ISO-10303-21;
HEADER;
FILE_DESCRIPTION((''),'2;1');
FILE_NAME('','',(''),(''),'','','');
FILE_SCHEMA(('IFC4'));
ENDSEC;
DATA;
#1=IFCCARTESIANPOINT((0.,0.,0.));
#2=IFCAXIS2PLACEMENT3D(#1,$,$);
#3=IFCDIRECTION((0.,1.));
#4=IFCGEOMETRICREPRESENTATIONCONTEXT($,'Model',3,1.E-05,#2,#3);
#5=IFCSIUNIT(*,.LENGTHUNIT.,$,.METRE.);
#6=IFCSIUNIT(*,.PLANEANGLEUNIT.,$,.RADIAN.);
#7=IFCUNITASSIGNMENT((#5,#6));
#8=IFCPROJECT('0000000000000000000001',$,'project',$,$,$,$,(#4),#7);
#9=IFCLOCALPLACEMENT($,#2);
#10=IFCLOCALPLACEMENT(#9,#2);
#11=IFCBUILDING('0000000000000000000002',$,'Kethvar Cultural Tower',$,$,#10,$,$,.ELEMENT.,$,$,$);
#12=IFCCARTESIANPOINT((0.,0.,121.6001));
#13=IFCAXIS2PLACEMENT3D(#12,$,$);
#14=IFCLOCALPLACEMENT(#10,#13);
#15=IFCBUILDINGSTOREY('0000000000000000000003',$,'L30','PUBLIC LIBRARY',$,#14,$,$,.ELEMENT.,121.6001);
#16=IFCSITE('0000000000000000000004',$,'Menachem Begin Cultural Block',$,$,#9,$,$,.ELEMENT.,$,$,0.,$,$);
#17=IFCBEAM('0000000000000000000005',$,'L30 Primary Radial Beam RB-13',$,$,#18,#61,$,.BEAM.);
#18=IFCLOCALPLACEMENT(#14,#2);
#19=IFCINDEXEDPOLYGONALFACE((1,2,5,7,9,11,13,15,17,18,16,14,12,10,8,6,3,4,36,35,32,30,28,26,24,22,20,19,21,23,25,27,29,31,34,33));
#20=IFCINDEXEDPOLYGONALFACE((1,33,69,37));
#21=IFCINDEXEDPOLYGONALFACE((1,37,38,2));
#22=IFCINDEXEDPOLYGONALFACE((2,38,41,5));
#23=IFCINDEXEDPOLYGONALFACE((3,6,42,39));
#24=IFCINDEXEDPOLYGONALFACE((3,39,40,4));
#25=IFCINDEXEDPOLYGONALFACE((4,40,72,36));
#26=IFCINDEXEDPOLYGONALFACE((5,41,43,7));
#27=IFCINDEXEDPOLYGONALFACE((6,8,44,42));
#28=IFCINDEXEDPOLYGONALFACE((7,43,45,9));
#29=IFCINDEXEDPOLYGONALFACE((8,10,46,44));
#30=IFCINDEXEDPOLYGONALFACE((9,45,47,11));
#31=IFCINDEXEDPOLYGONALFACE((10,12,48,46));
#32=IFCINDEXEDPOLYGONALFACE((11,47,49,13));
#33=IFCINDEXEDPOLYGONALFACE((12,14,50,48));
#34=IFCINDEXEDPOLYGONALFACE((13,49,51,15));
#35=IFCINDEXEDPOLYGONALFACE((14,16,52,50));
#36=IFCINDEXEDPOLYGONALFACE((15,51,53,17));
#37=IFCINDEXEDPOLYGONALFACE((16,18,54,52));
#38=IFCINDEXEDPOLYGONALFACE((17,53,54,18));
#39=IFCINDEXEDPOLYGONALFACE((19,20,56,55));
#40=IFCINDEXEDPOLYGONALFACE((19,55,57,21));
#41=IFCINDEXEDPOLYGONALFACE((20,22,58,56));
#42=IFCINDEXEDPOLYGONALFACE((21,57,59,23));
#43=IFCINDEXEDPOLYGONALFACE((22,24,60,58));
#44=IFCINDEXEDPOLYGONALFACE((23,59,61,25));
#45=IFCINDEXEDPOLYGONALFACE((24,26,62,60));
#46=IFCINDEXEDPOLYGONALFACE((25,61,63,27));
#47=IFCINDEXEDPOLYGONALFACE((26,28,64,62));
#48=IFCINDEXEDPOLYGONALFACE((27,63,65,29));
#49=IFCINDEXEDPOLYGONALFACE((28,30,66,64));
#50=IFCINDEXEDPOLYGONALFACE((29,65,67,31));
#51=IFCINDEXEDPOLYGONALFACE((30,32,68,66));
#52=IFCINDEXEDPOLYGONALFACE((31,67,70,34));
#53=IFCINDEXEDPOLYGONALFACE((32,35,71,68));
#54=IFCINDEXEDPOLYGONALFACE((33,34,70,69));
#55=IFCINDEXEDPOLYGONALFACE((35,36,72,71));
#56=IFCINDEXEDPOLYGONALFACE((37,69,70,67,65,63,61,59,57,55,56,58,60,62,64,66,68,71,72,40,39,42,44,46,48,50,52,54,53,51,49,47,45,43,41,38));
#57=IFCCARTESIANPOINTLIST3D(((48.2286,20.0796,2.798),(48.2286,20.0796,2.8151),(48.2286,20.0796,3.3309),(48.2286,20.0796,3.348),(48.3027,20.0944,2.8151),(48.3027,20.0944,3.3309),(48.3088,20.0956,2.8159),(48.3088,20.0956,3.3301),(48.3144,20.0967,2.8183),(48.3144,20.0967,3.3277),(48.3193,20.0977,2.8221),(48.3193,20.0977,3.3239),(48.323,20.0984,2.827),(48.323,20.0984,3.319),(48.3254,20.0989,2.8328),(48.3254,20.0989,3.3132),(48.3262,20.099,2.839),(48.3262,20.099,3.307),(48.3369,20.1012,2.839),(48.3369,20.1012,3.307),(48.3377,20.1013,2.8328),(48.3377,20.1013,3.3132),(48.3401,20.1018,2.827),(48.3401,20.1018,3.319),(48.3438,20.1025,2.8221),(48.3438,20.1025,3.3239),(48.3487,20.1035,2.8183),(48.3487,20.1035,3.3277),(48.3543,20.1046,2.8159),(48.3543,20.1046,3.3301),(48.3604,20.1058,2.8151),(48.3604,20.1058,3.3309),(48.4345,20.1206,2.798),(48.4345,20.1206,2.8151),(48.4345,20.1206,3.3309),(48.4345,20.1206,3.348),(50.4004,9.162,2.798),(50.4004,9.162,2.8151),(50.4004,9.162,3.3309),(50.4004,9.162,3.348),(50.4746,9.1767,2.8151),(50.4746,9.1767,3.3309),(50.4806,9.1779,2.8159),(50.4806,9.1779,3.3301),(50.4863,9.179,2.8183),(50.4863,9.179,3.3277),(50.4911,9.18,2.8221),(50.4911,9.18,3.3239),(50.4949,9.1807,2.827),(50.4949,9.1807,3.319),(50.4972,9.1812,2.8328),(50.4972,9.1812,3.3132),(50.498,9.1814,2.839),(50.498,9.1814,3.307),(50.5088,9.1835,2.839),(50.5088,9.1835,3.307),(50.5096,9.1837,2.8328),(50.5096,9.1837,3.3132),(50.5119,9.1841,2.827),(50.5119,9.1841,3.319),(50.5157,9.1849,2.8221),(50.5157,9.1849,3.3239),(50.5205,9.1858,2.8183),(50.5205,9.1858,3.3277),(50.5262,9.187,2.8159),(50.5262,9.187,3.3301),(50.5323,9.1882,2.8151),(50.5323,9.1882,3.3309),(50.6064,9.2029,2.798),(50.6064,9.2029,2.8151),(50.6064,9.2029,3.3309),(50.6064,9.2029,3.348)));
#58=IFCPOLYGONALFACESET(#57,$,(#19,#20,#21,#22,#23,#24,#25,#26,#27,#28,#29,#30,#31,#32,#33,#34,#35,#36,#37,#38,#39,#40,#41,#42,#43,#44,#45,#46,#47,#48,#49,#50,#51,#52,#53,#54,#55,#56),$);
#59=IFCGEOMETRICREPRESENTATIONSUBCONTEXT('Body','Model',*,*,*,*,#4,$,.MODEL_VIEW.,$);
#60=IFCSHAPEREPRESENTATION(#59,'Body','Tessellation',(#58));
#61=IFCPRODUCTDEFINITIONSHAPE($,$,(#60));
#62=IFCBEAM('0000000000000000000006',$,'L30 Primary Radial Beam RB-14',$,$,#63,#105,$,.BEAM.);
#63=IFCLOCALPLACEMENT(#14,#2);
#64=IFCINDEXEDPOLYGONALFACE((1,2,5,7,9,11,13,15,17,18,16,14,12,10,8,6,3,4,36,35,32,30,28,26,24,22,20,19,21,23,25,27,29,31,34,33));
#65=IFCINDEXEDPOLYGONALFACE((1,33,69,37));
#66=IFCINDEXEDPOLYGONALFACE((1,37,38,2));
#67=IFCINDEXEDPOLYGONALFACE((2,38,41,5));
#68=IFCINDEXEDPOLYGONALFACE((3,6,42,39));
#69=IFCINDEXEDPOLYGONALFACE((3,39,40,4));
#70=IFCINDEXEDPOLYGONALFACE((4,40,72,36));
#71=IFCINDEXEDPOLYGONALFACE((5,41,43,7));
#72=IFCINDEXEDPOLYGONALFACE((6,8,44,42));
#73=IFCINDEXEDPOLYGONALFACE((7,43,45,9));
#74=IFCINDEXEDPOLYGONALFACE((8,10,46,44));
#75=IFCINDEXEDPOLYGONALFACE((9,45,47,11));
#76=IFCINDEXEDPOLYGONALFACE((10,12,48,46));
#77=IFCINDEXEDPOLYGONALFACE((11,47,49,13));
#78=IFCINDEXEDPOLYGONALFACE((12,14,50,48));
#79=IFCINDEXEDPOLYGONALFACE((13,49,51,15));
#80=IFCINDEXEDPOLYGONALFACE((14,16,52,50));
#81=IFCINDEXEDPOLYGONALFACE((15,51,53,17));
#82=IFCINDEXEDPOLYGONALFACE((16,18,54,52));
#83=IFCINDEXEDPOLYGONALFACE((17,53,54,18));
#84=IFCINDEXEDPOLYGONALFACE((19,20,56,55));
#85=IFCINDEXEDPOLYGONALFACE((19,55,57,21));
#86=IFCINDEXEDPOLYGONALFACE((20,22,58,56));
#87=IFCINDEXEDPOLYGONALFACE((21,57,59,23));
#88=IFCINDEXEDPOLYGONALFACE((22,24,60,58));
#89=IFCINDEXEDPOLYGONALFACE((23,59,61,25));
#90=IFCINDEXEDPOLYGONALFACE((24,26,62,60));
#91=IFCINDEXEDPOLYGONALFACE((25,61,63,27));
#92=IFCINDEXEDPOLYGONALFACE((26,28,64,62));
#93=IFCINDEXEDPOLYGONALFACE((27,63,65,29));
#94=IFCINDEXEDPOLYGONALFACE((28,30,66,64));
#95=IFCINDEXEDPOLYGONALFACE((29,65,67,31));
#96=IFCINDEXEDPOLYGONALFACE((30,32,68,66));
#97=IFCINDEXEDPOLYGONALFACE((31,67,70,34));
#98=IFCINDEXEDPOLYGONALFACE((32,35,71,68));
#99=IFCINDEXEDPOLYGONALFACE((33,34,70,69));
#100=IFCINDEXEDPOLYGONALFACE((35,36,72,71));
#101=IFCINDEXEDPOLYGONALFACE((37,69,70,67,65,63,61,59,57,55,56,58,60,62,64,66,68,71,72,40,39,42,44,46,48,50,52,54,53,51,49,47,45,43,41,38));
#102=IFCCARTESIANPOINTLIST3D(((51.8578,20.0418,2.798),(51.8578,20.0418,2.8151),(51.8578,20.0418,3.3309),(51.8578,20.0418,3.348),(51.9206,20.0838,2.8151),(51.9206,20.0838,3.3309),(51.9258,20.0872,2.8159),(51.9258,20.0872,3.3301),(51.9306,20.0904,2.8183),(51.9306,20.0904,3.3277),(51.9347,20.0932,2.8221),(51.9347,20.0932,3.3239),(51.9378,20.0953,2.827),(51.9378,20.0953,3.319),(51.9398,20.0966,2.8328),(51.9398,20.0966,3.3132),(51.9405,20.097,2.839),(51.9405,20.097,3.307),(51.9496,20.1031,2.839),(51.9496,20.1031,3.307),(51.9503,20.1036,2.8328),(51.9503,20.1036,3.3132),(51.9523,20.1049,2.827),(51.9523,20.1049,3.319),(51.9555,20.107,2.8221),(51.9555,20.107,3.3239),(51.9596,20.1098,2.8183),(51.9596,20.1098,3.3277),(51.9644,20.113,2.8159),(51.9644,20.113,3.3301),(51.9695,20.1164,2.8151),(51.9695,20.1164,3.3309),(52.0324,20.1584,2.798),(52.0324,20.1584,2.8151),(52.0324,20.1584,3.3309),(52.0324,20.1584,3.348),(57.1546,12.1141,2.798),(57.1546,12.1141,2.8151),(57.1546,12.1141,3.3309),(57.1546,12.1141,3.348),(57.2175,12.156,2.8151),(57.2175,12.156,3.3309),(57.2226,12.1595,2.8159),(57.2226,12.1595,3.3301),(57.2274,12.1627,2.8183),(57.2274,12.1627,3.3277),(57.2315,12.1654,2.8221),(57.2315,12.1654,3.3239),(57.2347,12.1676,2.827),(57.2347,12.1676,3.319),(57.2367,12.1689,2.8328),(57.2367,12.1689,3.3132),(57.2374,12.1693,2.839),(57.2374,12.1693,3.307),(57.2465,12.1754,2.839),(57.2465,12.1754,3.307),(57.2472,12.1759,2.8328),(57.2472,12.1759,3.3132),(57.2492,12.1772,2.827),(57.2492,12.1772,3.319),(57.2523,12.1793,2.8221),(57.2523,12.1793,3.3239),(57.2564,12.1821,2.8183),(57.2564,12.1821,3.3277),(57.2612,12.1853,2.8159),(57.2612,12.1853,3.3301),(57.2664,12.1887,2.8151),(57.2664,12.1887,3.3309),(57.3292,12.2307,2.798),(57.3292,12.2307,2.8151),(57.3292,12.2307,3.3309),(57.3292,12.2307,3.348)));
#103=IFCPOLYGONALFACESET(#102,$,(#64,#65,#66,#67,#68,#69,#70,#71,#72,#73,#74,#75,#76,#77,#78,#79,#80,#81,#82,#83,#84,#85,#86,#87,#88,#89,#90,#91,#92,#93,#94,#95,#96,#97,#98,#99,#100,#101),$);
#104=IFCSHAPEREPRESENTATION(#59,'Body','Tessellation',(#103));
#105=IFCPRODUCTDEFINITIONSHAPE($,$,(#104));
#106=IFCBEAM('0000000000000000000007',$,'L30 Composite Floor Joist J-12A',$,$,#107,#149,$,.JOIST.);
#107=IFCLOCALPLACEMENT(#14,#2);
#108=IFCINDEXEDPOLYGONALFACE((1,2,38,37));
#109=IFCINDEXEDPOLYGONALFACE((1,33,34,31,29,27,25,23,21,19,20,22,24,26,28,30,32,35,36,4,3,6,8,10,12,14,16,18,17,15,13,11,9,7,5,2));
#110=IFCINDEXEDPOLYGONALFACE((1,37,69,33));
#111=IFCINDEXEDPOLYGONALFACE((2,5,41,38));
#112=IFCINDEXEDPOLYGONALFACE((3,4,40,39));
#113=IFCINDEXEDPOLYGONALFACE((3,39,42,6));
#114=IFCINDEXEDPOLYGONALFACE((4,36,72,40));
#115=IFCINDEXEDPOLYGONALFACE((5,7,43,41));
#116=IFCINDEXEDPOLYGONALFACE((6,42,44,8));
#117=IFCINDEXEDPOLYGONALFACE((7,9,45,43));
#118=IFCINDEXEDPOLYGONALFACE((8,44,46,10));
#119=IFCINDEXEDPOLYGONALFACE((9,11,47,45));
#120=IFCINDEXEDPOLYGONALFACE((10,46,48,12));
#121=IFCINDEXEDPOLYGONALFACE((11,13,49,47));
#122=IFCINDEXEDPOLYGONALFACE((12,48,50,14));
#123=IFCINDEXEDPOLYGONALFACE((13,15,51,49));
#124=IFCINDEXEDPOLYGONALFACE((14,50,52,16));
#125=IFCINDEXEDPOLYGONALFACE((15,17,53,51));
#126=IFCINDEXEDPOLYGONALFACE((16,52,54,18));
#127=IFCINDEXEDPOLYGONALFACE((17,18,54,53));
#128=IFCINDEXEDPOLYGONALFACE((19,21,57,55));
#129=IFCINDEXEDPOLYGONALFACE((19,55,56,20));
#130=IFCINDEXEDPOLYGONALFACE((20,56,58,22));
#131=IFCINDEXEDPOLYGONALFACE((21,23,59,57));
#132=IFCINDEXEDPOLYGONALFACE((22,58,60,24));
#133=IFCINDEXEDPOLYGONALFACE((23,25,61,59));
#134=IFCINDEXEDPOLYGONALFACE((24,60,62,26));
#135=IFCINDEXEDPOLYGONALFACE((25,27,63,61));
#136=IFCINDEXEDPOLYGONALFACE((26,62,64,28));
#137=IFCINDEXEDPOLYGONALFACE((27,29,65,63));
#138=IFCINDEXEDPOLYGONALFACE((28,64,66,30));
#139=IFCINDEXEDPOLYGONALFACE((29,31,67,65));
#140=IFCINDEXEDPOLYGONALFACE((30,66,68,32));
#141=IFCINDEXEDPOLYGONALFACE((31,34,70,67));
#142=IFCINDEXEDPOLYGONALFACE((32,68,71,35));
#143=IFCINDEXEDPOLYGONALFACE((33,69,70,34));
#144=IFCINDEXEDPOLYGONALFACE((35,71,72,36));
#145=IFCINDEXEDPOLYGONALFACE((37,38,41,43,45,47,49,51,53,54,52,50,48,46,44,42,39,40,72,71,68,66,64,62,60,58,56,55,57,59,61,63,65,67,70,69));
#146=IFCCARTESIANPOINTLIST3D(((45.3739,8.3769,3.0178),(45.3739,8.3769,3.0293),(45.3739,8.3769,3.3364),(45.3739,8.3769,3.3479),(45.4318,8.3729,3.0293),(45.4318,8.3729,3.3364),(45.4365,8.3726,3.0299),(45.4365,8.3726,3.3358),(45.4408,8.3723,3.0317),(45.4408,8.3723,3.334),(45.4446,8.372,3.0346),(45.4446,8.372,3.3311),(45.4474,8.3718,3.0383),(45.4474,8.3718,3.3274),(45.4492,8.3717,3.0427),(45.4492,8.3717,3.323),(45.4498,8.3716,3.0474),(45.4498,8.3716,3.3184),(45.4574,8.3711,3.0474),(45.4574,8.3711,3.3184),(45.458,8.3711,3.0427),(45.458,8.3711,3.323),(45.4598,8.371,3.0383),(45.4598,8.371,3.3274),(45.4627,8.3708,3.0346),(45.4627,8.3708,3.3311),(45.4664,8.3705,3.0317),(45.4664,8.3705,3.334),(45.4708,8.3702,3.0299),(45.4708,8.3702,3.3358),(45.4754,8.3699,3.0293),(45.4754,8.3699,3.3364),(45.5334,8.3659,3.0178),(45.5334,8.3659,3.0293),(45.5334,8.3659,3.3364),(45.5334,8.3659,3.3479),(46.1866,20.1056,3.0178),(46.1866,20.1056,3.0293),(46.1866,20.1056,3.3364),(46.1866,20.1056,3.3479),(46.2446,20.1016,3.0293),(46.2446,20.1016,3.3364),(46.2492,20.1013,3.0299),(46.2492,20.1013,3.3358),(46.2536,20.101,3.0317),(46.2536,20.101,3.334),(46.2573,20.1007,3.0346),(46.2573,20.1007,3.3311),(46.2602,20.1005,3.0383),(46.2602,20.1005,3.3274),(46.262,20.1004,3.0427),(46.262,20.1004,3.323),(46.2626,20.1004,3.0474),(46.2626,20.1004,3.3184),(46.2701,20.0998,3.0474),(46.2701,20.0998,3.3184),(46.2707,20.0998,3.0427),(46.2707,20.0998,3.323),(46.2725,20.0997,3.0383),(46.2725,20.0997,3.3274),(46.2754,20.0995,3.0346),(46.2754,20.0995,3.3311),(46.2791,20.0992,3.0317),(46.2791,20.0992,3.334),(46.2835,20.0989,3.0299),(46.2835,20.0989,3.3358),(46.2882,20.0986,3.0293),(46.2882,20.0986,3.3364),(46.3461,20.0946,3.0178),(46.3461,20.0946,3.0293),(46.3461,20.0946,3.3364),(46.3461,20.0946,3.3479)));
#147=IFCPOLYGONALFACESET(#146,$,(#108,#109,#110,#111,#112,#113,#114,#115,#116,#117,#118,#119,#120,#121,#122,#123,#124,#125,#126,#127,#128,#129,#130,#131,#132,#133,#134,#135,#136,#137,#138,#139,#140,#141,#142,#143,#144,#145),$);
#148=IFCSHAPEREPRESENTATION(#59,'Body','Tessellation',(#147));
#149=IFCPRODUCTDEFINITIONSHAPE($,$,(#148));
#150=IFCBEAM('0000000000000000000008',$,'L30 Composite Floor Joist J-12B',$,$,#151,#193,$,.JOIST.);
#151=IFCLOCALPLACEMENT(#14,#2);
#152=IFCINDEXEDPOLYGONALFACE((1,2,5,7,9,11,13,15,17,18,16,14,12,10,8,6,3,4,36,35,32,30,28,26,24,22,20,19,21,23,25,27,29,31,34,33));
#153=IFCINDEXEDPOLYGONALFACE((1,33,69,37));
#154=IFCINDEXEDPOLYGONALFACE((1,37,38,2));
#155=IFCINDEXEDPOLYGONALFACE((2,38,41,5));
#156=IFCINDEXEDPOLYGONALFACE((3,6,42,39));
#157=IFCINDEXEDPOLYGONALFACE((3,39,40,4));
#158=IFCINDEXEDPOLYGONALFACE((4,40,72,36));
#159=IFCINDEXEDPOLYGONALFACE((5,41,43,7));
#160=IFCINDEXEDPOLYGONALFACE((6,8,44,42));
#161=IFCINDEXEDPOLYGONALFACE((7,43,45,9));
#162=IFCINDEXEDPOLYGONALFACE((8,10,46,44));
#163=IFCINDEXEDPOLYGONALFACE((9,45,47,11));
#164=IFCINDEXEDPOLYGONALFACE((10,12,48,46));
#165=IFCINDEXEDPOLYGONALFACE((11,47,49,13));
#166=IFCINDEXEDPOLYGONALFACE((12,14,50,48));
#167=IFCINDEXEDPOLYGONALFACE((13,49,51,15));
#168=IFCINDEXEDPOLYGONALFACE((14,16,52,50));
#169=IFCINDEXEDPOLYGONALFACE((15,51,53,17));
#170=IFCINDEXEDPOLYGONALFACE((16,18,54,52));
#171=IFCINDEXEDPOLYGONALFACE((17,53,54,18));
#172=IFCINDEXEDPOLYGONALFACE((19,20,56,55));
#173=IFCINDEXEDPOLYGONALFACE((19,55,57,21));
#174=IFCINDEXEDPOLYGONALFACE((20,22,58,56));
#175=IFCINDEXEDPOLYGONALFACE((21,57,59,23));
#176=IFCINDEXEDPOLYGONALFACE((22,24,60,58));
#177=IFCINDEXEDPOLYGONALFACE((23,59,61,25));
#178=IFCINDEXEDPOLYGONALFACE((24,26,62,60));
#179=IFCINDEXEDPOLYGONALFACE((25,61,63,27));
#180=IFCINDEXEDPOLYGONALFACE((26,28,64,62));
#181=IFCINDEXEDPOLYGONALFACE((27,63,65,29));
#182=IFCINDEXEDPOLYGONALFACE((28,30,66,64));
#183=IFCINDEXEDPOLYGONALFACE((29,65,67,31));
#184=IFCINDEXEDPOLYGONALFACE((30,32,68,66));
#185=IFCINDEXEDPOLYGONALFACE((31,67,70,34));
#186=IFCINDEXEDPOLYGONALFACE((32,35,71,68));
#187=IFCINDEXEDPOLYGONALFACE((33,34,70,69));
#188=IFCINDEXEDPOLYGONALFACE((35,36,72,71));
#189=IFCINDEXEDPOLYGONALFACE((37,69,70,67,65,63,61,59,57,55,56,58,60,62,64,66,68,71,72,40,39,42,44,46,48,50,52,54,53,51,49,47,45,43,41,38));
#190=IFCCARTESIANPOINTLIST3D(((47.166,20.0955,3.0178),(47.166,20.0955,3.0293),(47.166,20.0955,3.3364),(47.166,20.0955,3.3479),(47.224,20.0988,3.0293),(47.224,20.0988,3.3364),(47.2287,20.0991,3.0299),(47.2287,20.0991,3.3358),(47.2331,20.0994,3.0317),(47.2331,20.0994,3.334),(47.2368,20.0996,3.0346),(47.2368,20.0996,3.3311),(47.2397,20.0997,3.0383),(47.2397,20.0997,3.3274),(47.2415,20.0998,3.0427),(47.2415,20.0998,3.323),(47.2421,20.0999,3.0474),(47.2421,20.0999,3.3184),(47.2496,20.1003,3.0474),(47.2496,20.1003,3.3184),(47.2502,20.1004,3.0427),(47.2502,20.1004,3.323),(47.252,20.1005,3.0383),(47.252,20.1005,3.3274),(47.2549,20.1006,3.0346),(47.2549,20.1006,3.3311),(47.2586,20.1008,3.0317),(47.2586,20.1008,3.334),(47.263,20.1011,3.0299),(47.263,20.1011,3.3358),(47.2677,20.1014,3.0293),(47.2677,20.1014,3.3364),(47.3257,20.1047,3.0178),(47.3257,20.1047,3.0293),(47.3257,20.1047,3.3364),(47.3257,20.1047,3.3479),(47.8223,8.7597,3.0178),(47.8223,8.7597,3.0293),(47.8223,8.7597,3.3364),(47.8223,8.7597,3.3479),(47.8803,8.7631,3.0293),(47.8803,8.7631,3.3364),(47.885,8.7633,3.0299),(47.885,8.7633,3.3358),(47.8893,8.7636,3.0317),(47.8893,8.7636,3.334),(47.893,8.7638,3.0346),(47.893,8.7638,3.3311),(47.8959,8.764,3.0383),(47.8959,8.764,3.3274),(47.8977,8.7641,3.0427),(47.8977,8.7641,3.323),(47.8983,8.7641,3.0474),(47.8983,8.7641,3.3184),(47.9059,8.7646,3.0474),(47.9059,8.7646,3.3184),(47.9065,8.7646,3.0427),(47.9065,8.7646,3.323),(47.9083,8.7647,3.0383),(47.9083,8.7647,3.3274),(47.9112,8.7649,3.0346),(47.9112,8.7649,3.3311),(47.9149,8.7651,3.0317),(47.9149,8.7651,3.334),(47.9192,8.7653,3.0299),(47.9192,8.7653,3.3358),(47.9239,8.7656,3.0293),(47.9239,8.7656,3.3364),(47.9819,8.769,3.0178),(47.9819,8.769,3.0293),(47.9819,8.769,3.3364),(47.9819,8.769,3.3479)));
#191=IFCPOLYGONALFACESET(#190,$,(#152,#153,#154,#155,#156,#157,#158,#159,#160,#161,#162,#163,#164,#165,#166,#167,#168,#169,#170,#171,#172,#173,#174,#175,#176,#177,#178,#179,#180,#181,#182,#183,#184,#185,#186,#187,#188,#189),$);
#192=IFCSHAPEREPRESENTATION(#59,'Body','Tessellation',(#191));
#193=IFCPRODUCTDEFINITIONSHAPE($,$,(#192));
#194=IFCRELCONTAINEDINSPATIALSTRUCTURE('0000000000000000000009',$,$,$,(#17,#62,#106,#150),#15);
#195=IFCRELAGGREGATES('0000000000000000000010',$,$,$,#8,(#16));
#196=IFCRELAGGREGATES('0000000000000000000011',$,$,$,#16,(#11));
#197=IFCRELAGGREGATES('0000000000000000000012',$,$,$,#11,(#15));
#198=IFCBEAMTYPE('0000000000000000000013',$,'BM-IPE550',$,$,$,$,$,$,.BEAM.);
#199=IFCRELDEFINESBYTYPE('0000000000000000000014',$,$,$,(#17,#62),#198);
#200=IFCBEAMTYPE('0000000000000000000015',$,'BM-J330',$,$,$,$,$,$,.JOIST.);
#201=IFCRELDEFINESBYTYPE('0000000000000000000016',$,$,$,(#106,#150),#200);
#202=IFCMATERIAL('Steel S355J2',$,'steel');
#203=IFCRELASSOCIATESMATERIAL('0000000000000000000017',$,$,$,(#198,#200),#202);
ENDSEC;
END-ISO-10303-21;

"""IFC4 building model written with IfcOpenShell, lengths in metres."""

from ifc_helpers import new_model, si_unit, direction, frame, origin, origin_2d, place, context, subcontext, project, spatial, i_section, extrude, source, transform, mapped, material, material_profile, profile_set, type_object, element, save


model = new_model("IFC4")

# Units and contexts
model_context = context("Model", 3, precision=1e-05, world=origin(), true_north=direction((0.0, 1.0)))
body_context = subcontext(model_context, "Body", "Model", "MODEL_VIEW")
ifc_project = project(units=[si_unit("LENGTHUNIT", "METRE"), si_unit("PLANEANGLEUNIT", "RADIAN")], contexts=[model_context])

# Site, building, storey
site_placement = place(None, origin())
site = spatial("IfcSite", under=ifc_project, at=site_placement, Name="Menachem Begin Cultural Block", CompositionType="ELEMENT", RefElevation=0.0)
building_placement = place(site_placement, origin())
building = spatial("IfcBuilding", under=site, at=building_placement, Name="Kethvar Cultural Tower", CompositionType="ELEMENT")
storey_placement = place(building_placement, frame((0.0, 0.0, 121.6001)))
storey = spatial("IfcBuildingStorey", under=building, at=storey_placement, Name="L30", Description="PUBLIC LIBRARY", CompositionType="ELEMENT", Elevation=121.6001)

# Beams
ifc_material_1 = material(Name="Steel S355J2", Category="steel")
ifc_material_profile_1 = material_profile(ifc_material_1, i_section(OverallWidth=0.21, OverallDepth=0.55, WebThickness=0.011, FlangeThickness=0.0171, FilletRadius=0.0239, at=origin_2d()), Name="Steel S355J2 — IPE550")
ifc_profile_set_1 = profile_set([ifc_material_profile_1], Name="Steel S355J2 — IPE550")
beam_type_1 = type_object("IfcBeamType", Name="BM-IPE550", PredefinedType="BEAM", material=ifc_profile_set_1)
shared_shape_1 = source(origin(), body_context, "Body", "SweptSolid", [
    extrude(i_section(OverallWidth=0.21, OverallDepth=0.55, WebThickness=0.011, FlangeThickness=0.0171, FilletRadius=0.0239, at=origin_2d()), origin(), (0.0, 0.0, 1.0), 11.1316),
])
beam_1_placement = place(storey_placement, frame((48.3315, 20.1001, 3.073), z_axis=(0.195108, -0.980782, 0.0), x_axis=(0.980782, 0.195108, 0.0)))
element("IfcBeam", 1, at=beam_1_placement, inside=storey, type_object=beam_type_1, Name="L30 Primary Radial Beam RB-13", PredefinedType="BEAM", context=body_context, shape_type="MappedRepresentation", body=[
    mapped(shared_shape_1, transform((0.0, 0.0, 0.0), scale=1.0)),
])
shared_shape_2 = source(origin(), body_context, "Body", "SweptSolid", [
    extrude(i_section(OverallWidth=0.21, OverallDepth=0.55, WebThickness=0.011, FlangeThickness=0.0171, FilletRadius=0.0239, at=origin_2d()), origin(), (0.0, 0.0, 1.0), 9.5344),
])
beam_2_placement = place(storey_placement, frame((51.9451, 20.1001, 3.073), z_axis=(0.555551, -0.831483, 0.0), x_axis=(0.831483, 0.555551, 0.0)))
element("IfcBeam", 2, at=beam_2_placement, inside=storey, type_object=beam_type_1, Name="L30 Primary Radial Beam RB-14", PredefinedType="BEAM", context=body_context, shape_type="MappedRepresentation", body=[
    mapped(shared_shape_2, transform((0.0, 0.0, 0.0), scale=1.0)),
])
ifc_material_profile_2 = material_profile(ifc_material_1, i_section(OverallWidth=0.1599, OverallDepth=0.3301, WebThickness=0.0076, FlangeThickness=0.0115, FilletRadius=0.0181, at=origin_2d()), Name="Steel S355J2 — IPE330")
ifc_profile_set_2 = profile_set([ifc_material_profile_2], Name="Steel S355J2 — IPE330")
beam_type_2 = type_object("IfcBeamType", Name="BM-J330", PredefinedType="JOIST", material=ifc_profile_set_2)
shared_shape_3 = source(origin(), body_context, "Body", "SweptSolid", [
    extrude(i_section(OverallWidth=0.1599, OverallDepth=0.3301, WebThickness=0.0076, FlangeThickness=0.0115, FilletRadius=0.0181, at=origin_2d()), origin(), (0.0, 0.0, 1.0), 11.7568),
])
beam_3_placement = place(storey_placement, frame((46.2664, 20.1001, 3.1829), z_axis=(-0.069129, -0.997608, 0.0), x_axis=(0.997608, -0.069129, 0.0)))
element("IfcBeam", 3, at=beam_3_placement, inside=storey, type_object=beam_type_2, Name="L30 Composite Floor Joist J-12A", PredefinedType="JOIST", context=body_context, shape_type="MappedRepresentation", body=[
    mapped(shared_shape_3, transform((0.0, 0.0, 0.0), scale=1.0)),
])
shared_shape_4 = source(origin(), body_context, "Body", "SweptSolid", [
    extrude(i_section(OverallWidth=0.1599, OverallDepth=0.3301, WebThickness=0.0076, FlangeThickness=0.0115, FilletRadius=0.0181, at=origin_2d()), origin(), (0.0, 0.0, 1.0), 11.3547),
])
beam_4_placement = place(storey_placement, frame((47.2458, 20.1001, 3.1829), z_axis=(0.057796, -0.998328, 0.0), x_axis=(0.998328, 0.057796, 0.0)))
element("IfcBeam", 4, at=beam_4_placement, inside=storey, type_object=beam_type_2, Name="L30 Composite Floor Joist J-12B", PredefinedType="JOIST", context=body_context, shape_type="MappedRepresentation", body=[
    mapped(shared_shape_4, transform((0.0, 0.0, 0.0), scale=1.0)),
])

save(model, "model.ifc")
